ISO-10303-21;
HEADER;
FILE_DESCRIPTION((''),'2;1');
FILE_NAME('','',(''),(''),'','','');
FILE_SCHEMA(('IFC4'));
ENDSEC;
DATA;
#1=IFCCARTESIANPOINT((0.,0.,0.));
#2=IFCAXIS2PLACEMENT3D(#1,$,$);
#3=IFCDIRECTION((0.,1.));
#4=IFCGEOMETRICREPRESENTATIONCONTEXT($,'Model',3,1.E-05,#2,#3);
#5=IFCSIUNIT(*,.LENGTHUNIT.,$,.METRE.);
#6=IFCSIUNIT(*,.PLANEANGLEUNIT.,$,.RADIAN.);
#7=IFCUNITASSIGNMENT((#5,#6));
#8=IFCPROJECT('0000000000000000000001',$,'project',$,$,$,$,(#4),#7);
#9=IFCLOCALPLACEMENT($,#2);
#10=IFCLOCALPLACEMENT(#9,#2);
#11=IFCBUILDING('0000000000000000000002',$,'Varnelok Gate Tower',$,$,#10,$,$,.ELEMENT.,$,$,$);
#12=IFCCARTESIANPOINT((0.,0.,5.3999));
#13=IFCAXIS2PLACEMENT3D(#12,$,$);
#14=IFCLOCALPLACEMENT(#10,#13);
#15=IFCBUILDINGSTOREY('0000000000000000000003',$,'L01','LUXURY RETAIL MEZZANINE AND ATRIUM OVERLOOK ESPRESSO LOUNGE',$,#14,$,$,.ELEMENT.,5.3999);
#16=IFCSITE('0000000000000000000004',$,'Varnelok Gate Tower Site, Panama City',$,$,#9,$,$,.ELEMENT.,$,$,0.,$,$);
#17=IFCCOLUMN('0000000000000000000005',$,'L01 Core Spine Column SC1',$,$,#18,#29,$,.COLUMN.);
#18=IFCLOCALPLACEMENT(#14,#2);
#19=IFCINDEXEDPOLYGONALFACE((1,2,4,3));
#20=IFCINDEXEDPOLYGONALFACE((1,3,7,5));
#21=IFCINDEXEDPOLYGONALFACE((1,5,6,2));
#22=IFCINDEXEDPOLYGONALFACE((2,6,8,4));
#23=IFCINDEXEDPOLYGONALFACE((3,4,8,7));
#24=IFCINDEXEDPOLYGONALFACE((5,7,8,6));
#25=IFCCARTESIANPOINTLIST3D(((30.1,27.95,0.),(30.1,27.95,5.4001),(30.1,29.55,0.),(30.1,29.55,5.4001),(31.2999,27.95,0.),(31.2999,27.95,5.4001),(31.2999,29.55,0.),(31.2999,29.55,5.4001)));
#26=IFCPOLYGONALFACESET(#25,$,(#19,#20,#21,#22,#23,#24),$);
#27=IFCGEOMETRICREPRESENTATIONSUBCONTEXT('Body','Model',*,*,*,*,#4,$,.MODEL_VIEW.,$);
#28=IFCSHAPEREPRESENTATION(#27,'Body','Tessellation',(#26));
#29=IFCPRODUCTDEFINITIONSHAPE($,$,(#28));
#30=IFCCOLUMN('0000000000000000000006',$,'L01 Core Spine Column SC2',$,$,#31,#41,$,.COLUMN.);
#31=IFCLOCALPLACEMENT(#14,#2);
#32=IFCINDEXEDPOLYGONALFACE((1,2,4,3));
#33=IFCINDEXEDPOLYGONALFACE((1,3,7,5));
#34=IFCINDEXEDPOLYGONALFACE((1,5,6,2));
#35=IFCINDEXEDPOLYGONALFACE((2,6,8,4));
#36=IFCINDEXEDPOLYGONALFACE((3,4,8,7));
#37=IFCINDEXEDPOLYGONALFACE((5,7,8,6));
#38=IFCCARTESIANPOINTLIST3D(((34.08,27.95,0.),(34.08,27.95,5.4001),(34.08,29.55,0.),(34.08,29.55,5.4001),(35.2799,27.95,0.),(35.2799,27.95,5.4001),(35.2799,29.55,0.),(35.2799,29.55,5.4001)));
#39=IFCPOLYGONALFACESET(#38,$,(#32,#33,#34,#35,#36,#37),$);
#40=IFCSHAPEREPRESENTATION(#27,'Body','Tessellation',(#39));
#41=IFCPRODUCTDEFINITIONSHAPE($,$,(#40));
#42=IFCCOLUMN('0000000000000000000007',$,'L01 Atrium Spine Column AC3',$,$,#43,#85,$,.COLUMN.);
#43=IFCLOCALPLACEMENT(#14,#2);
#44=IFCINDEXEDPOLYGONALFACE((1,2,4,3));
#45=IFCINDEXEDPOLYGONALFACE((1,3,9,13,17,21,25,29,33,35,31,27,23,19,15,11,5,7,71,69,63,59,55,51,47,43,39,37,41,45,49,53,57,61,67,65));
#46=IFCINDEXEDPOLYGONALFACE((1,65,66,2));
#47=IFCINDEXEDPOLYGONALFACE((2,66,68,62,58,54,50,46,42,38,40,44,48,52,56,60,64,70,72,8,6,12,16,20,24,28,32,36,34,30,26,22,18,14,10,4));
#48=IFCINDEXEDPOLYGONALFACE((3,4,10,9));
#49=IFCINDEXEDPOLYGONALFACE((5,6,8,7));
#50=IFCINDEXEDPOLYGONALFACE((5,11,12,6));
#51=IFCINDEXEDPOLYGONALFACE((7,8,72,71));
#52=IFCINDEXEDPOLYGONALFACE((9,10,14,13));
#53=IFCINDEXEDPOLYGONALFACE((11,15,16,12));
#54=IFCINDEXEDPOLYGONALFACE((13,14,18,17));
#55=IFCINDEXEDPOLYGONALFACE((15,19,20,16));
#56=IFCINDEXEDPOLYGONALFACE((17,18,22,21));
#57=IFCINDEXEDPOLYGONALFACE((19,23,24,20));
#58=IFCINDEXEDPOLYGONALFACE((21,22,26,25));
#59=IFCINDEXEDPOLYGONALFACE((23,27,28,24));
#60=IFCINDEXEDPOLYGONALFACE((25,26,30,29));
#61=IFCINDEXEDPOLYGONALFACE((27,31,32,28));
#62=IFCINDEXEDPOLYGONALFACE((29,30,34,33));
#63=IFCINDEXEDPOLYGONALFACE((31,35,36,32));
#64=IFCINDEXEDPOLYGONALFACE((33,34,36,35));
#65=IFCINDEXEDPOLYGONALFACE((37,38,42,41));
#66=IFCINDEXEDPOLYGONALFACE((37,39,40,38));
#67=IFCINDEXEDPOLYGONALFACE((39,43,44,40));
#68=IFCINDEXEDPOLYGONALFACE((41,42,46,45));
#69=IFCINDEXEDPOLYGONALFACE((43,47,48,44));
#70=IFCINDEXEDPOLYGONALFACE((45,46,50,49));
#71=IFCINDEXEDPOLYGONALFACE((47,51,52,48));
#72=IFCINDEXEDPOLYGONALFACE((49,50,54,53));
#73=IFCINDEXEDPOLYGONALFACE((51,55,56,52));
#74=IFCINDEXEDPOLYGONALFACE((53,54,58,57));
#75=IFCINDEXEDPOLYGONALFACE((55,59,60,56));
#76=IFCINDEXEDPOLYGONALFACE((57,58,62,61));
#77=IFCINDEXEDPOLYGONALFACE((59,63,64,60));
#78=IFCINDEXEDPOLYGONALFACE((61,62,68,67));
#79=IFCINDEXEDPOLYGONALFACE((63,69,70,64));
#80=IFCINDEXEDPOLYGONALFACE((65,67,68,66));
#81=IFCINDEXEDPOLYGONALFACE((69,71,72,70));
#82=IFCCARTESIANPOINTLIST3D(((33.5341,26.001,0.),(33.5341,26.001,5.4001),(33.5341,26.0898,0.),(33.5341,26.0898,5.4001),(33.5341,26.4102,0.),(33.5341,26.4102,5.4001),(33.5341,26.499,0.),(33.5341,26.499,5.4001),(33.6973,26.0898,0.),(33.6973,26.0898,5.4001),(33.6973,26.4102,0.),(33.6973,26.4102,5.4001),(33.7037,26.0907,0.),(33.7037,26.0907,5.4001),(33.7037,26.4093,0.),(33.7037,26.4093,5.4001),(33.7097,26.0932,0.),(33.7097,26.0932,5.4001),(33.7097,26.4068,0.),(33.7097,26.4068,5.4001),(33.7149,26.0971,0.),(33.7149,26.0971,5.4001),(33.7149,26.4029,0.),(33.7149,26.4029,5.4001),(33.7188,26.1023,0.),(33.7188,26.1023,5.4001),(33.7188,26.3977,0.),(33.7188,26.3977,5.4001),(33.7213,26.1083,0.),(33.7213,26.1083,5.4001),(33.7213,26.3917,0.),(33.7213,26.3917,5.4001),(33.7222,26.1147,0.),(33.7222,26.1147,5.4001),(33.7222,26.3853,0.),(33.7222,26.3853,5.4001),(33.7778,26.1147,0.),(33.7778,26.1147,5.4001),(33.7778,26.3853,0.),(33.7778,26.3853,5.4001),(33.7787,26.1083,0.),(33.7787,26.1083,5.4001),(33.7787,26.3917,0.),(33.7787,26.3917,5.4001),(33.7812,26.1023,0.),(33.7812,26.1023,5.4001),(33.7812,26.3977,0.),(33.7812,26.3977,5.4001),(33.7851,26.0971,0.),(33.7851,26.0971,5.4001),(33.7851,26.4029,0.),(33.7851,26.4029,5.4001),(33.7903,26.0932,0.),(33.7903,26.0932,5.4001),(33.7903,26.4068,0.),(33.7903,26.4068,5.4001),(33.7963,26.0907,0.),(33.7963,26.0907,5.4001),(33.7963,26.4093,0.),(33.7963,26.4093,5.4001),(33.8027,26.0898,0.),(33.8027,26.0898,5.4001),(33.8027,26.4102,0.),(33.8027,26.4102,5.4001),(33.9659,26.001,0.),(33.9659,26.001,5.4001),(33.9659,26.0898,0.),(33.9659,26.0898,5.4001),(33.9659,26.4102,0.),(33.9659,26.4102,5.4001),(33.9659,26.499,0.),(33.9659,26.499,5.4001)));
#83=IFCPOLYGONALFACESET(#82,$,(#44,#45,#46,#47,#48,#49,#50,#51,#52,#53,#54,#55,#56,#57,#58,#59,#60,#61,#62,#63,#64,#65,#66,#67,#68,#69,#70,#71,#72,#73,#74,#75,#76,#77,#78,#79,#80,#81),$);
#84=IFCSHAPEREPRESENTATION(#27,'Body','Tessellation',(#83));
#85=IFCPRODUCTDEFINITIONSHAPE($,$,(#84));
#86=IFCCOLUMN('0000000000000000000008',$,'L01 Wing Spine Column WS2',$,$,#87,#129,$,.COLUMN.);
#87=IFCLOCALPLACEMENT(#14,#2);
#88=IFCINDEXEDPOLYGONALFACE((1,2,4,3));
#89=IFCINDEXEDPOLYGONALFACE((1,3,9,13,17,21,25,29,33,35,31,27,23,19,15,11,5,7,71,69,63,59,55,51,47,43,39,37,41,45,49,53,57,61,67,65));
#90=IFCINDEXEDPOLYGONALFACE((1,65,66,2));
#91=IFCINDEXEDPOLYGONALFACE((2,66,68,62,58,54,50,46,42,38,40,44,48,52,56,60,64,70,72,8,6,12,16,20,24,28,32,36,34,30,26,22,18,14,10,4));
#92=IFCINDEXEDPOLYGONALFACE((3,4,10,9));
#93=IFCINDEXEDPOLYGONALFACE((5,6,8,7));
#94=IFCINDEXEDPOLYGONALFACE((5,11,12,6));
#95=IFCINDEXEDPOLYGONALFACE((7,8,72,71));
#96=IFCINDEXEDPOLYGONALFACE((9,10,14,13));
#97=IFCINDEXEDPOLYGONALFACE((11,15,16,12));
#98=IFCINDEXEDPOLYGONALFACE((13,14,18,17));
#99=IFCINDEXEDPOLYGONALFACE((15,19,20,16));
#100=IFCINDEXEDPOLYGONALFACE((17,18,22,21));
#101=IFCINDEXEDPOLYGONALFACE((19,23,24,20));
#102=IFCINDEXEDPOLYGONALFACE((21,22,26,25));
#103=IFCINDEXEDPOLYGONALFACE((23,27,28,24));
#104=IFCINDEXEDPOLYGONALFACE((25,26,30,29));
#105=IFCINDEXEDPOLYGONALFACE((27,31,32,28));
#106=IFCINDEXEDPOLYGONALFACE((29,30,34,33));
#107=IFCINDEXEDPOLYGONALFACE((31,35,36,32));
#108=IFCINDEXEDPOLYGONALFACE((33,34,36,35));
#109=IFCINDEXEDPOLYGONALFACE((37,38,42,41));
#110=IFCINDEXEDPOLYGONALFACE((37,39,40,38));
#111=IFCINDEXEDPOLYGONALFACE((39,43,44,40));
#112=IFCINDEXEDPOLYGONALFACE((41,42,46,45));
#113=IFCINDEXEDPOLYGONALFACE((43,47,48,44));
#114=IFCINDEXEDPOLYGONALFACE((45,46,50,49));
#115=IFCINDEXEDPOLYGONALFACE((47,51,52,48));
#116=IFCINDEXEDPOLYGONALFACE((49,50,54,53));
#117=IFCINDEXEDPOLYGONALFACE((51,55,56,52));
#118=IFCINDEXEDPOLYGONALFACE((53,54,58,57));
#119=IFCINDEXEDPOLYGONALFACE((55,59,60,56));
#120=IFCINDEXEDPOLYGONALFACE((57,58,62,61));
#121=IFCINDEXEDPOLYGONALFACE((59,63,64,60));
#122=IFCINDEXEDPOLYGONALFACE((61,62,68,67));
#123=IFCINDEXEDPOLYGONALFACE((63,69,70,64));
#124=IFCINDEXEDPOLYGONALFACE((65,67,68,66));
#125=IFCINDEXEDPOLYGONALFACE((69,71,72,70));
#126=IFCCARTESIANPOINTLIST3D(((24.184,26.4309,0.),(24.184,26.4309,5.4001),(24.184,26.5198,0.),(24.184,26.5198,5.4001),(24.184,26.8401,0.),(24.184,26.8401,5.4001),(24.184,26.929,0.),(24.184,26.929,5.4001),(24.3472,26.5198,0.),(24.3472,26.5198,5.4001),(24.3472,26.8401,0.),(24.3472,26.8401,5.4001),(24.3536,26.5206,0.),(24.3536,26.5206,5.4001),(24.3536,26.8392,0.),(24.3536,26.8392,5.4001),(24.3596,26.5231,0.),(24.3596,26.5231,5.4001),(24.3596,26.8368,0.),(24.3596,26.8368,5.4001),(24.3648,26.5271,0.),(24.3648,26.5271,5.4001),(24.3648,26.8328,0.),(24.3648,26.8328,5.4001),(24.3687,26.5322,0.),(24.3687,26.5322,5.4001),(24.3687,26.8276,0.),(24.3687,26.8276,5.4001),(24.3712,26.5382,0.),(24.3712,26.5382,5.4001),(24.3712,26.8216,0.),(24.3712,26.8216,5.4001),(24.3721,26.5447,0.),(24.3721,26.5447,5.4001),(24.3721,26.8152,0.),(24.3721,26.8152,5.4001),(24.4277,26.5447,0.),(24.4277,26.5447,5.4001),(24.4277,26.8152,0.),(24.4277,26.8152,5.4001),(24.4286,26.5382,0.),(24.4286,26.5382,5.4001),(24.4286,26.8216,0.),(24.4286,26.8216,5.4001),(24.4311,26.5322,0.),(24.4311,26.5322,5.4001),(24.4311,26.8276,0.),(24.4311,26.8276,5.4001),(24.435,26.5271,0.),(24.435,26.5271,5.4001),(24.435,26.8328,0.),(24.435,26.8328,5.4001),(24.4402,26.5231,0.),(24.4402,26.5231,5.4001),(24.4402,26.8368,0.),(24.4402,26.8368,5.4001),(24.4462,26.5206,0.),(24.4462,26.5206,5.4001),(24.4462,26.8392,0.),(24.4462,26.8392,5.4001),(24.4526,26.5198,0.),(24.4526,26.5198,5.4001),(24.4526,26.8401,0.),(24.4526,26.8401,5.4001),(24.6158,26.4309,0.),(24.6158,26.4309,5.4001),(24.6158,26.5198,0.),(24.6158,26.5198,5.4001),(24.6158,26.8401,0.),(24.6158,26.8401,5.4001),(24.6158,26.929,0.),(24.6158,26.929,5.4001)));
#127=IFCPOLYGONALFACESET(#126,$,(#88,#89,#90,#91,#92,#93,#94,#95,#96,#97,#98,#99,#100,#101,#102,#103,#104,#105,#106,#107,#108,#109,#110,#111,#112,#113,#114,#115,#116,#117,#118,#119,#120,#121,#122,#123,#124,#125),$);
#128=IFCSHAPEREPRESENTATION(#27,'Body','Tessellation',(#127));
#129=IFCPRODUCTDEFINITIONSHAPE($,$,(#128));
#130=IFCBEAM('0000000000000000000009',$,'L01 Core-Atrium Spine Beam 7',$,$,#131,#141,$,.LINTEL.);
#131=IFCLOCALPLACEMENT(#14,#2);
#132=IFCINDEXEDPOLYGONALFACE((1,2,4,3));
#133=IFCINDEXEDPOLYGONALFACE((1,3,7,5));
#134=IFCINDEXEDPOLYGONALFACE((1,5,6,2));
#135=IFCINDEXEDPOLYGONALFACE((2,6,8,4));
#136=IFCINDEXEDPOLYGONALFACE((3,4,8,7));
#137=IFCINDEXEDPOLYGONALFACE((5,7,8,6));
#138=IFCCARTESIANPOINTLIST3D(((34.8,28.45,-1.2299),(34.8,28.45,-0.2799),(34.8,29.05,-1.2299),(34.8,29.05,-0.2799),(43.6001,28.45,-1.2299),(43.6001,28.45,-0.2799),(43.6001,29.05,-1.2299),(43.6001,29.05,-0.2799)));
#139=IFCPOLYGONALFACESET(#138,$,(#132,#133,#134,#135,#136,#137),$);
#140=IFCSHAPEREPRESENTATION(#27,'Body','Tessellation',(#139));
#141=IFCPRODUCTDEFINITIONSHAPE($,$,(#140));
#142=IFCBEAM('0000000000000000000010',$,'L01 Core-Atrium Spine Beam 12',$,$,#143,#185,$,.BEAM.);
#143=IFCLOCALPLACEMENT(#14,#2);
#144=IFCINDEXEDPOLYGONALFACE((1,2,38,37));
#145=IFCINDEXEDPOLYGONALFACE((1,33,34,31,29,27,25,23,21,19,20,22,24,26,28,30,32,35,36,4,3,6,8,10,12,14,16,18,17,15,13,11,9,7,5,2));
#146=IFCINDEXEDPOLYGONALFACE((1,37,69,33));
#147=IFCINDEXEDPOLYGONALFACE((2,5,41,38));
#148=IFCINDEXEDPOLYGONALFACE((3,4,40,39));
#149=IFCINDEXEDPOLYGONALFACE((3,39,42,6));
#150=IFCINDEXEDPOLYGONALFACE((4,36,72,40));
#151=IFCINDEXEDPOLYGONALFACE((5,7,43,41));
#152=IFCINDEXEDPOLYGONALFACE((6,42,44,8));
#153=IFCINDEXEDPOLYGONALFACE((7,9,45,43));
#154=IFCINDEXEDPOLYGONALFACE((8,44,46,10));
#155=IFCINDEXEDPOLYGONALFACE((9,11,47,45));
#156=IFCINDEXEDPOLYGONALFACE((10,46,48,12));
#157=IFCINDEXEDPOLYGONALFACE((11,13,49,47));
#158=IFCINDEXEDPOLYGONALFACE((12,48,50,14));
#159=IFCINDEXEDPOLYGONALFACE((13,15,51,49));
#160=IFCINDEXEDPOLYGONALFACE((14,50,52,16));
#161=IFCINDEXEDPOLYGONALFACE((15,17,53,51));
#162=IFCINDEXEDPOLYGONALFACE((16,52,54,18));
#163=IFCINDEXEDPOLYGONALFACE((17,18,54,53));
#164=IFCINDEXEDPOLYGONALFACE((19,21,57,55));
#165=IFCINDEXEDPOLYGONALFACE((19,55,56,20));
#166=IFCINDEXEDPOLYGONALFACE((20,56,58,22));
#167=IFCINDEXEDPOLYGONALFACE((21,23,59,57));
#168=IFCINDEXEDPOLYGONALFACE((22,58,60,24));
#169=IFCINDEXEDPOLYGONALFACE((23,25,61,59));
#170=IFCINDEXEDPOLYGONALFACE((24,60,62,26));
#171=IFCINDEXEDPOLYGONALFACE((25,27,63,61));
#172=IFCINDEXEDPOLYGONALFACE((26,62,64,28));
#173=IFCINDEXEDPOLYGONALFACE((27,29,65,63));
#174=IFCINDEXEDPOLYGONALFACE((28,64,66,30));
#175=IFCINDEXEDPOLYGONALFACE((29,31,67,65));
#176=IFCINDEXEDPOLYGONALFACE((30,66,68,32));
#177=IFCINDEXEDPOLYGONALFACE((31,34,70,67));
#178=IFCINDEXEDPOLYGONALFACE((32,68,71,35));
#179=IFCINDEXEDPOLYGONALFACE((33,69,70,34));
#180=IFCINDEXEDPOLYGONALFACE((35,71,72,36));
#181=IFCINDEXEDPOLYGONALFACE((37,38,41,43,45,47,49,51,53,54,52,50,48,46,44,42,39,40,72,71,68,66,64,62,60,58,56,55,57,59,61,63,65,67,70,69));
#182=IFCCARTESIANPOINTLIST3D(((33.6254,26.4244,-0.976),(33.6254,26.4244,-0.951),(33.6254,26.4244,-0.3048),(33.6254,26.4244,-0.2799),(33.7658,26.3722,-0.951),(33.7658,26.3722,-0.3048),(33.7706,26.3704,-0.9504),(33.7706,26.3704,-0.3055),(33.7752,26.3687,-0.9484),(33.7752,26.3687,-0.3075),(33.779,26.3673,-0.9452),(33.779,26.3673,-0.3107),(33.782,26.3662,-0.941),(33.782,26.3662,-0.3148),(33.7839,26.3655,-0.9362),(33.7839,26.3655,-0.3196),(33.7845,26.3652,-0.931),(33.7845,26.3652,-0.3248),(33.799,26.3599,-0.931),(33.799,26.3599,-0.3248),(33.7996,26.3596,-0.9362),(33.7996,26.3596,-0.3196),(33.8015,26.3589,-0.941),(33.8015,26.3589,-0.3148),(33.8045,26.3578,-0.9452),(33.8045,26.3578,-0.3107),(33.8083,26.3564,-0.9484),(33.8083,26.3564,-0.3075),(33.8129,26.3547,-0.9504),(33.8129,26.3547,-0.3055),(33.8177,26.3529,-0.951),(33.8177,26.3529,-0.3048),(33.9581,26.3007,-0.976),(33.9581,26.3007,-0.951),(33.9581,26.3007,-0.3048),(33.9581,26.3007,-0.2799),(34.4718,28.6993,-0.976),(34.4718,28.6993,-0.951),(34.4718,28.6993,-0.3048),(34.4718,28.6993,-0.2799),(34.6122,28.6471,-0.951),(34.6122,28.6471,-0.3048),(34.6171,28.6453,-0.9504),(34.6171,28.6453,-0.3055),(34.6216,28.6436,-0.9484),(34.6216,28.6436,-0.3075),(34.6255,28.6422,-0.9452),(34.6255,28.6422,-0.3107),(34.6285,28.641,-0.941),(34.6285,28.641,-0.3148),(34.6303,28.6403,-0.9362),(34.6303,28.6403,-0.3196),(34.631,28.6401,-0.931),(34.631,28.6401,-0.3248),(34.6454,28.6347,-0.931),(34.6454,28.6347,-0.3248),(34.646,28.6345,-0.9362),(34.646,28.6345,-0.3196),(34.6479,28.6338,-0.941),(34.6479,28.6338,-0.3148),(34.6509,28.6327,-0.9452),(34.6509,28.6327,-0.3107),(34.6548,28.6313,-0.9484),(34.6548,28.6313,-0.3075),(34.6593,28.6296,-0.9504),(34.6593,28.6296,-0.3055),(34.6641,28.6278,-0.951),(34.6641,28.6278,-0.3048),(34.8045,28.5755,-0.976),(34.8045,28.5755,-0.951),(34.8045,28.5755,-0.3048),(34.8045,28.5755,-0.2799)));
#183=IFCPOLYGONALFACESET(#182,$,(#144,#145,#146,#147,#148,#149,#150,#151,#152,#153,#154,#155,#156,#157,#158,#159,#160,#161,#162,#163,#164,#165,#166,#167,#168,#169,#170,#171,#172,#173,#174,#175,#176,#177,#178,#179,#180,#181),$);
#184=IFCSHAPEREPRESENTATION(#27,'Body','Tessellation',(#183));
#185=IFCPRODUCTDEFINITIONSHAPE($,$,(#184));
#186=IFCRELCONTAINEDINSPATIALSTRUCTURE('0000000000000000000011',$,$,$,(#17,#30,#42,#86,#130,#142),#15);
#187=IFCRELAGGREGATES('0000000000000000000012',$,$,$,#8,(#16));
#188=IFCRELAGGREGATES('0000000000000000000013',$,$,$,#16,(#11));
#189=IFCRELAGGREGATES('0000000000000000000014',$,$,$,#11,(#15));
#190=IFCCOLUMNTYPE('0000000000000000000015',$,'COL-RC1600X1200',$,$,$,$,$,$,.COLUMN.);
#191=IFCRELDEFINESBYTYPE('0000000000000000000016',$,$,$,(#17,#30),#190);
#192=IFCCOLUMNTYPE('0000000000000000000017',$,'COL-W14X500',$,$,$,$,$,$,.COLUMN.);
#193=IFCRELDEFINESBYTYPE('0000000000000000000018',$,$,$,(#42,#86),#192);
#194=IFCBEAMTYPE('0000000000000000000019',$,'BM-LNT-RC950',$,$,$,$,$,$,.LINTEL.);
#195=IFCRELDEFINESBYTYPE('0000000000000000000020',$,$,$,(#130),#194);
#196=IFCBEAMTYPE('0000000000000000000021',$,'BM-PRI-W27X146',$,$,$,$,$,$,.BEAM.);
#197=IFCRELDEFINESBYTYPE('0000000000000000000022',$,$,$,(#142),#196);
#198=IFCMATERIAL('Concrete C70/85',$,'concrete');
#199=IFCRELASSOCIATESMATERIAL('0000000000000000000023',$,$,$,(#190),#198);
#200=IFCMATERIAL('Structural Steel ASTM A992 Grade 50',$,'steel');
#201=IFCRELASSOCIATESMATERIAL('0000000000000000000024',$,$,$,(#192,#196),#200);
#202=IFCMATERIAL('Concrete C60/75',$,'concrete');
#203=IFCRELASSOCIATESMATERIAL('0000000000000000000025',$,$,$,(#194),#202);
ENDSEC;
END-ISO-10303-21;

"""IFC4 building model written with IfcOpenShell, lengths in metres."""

from ifc_helpers import new_model, si_unit, direction, frame, origin, origin_2d, place, context, subcontext, project, spatial, rectangle, i_section, extrude, material, material_profile, profile_set, type_object, element, save


model = new_model("IFC4")

# Units and contexts
model_context = context("Model", 3, precision=1e-05, world=origin(), true_north=direction((0.0, 1.0)))
body_context = subcontext(model_context, "Body", "Model", "MODEL_VIEW")
ifc_project = project(units=[si_unit("LENGTHUNIT", "METRE"), si_unit("PLANEANGLEUNIT", "RADIAN")], contexts=[model_context])

# Site, building, storey
site_placement = place(None, origin())
site = spatial("IfcSite", under=ifc_project, at=site_placement, Name="Varnelok Gate Tower Site, Panama City", CompositionType="ELEMENT", RefElevation=0.0)
building_placement = place(site_placement, origin())
building = spatial("IfcBuilding", under=site, at=building_placement, Name="Varnelok Gate Tower", CompositionType="ELEMENT")
storey_placement = place(building_placement, frame((0.0, 0.0, 5.3999)))
storey = spatial("IfcBuildingStorey", under=building, at=storey_placement, Name="L01", Description="LUXURY RETAIL MEZZANINE AND ATRIUM OVERLOOK ESPRESSO LOUNGE", CompositionType="ELEMENT", Elevation=5.3999)

# Columns
ifc_material_1 = material(Name="Concrete C70/85", Category="concrete")
ifc_material_profile_1 = material_profile(ifc_material_1, rectangle(XDim=1.2, YDim=1.6001, at=origin_2d()), Name="RC1600X1200")
ifc_profile_set_1 = profile_set([ifc_material_profile_1], Name="Concrete C70/85")
column_type_1 = type_object("IfcColumnType", Name="COL-RC1600X1200", PredefinedType="COLUMN", material=ifc_profile_set_1)
for number, where, z_axis, x_axis, name in (
    (1, (30.7, 28.75, 0.0), (0.0, 0.0, 1.0), (1.0, 0.0, 0.0), "L01 Core Spine Column SC1"),
    (2, (34.6799, 28.75, 0.0), (0.0, 0.0, 1.0), (1.0, 0.0, 0.0), "L01 Core Spine Column SC2"),
):
    element("IfcColumn", number, at=place(storey_placement, frame(where, z_axis=z_axis, x_axis=x_axis)), inside=storey, type_object=column_type_1, Name=name, PredefinedType="COLUMN", context=body_context, shape_type="SweptSolid", body=[
        extrude(rectangle(XDim=1.2, YDim=1.6001, at=origin_2d()), origin(), (0.0, 0.0, 1.0), 5.4001),
    ])
ifc_material_2 = material(Name="Structural Steel ASTM A992 Grade 50", Category="steel")
ifc_material_profile_2 = material_profile(ifc_material_2, i_section(OverallWidth=0.4319, OverallDepth=0.498, WebThickness=0.0557, FlangeThickness=0.0889, FilletRadius=0.0249, at=origin_2d()), Name="W14X500")
ifc_profile_set_2 = profile_set([ifc_material_profile_2], Name="Structural Steel ASTM A992 Grade 50")
column_type_2 = type_object("IfcColumnType", Name="COL-W14X500", PredefinedType="COLUMN", material=ifc_profile_set_2)
for number, where, z_axis, x_axis, name in (
    (3, (33.75, 26.25, 0.0), (0.0, 0.0, 1.0), (1.0, 0.0, 0.0), "L01 Atrium Spine Column AC3"),
    (4, (24.3999, 26.6799, 0.0), (0.0, 0.0, 1.0), (1.0, 0.0, 0.0), "L01 Wing Spine Column WS2"),
):
    element("IfcColumn", number, at=place(storey_placement, frame(where, z_axis=z_axis, x_axis=x_axis)), inside=storey, type_object=column_type_2, Name=name, PredefinedType="COLUMN", context=body_context, shape_type="SweptSolid", body=[
        extrude(i_section(OverallWidth=0.4319, OverallDepth=0.498, WebThickness=0.0557, FlangeThickness=0.0889, FilletRadius=0.0249, at=origin_2d()), origin(), (0.0, 0.0, 1.0), 5.4001),
    ])

# Beams
ifc_material_3 = material(Name="Concrete C60/75", Category="concrete")
ifc_material_profile_3 = material_profile(ifc_material_3, rectangle(XDim=0.6001, YDim=0.95, at=origin_2d()), Name="RC950X600")
ifc_profile_set_3 = profile_set([ifc_material_profile_3], Name="Concrete C60/75")
beam_type_1 = type_object("IfcBeamType", Name="BM-LNT-RC950", PredefinedType="LINTEL", material=ifc_profile_set_3)
beam_1_placement = place(storey_placement, frame((34.8, 28.75, -0.7549), z_axis=(1.0, 0.0, 0.0), x_axis=(0.0, 1.0, 0.0)))
element("IfcBeam", 5, at=beam_1_placement, inside=storey, type_object=beam_type_1, Name="L01 Core-Atrium Spine Beam 7", PredefinedType="LINTEL", context=body_context, shape_type="SweptSolid", body=[
    extrude(rectangle(XDim=0.6001, YDim=0.95, at=origin_2d()), origin(), (0.0, 0.0, 1.0), 8.8),
])
ifc_material_profile_4 = material_profile(ifc_material_2, i_section(OverallWidth=0.355, OverallDepth=0.696, WebThickness=0.0154, FlangeThickness=0.0249, FilletRadius=0.02, at=origin_2d()), Name="W27X146")
ifc_profile_set_4 = profile_set([ifc_material_profile_4], Name="Structural Steel ASTM A992 Grade 50")
beam_type_2 = type_object("IfcBeamType", Name="BM-PRI-W27X146", PredefinedType="BEAM", material=ifc_profile_set_4)
beam_2_placement = place(storey_placement, frame((33.7917, 26.3625, -0.6279), z_axis=(0.348719, 0.937227, 0.0), x_axis=(-0.937227, 0.348719, 0.0)))
element("IfcBeam", 6, at=beam_2_placement, inside=storey, type_object=beam_type_2, Name="L01 Core-Atrium Spine Beam 12", PredefinedType="BEAM", context=body_context, shape_type="SweptSolid", body=[
    extrude(i_section(OverallWidth=0.355, OverallDepth=0.696, WebThickness=0.0154, FlangeThickness=0.0249, FilletRadius=0.02, at=origin_2d()), origin(), (0.0, 0.0, 1.0), 2.4272),
])

save(model, "model.ifc")
